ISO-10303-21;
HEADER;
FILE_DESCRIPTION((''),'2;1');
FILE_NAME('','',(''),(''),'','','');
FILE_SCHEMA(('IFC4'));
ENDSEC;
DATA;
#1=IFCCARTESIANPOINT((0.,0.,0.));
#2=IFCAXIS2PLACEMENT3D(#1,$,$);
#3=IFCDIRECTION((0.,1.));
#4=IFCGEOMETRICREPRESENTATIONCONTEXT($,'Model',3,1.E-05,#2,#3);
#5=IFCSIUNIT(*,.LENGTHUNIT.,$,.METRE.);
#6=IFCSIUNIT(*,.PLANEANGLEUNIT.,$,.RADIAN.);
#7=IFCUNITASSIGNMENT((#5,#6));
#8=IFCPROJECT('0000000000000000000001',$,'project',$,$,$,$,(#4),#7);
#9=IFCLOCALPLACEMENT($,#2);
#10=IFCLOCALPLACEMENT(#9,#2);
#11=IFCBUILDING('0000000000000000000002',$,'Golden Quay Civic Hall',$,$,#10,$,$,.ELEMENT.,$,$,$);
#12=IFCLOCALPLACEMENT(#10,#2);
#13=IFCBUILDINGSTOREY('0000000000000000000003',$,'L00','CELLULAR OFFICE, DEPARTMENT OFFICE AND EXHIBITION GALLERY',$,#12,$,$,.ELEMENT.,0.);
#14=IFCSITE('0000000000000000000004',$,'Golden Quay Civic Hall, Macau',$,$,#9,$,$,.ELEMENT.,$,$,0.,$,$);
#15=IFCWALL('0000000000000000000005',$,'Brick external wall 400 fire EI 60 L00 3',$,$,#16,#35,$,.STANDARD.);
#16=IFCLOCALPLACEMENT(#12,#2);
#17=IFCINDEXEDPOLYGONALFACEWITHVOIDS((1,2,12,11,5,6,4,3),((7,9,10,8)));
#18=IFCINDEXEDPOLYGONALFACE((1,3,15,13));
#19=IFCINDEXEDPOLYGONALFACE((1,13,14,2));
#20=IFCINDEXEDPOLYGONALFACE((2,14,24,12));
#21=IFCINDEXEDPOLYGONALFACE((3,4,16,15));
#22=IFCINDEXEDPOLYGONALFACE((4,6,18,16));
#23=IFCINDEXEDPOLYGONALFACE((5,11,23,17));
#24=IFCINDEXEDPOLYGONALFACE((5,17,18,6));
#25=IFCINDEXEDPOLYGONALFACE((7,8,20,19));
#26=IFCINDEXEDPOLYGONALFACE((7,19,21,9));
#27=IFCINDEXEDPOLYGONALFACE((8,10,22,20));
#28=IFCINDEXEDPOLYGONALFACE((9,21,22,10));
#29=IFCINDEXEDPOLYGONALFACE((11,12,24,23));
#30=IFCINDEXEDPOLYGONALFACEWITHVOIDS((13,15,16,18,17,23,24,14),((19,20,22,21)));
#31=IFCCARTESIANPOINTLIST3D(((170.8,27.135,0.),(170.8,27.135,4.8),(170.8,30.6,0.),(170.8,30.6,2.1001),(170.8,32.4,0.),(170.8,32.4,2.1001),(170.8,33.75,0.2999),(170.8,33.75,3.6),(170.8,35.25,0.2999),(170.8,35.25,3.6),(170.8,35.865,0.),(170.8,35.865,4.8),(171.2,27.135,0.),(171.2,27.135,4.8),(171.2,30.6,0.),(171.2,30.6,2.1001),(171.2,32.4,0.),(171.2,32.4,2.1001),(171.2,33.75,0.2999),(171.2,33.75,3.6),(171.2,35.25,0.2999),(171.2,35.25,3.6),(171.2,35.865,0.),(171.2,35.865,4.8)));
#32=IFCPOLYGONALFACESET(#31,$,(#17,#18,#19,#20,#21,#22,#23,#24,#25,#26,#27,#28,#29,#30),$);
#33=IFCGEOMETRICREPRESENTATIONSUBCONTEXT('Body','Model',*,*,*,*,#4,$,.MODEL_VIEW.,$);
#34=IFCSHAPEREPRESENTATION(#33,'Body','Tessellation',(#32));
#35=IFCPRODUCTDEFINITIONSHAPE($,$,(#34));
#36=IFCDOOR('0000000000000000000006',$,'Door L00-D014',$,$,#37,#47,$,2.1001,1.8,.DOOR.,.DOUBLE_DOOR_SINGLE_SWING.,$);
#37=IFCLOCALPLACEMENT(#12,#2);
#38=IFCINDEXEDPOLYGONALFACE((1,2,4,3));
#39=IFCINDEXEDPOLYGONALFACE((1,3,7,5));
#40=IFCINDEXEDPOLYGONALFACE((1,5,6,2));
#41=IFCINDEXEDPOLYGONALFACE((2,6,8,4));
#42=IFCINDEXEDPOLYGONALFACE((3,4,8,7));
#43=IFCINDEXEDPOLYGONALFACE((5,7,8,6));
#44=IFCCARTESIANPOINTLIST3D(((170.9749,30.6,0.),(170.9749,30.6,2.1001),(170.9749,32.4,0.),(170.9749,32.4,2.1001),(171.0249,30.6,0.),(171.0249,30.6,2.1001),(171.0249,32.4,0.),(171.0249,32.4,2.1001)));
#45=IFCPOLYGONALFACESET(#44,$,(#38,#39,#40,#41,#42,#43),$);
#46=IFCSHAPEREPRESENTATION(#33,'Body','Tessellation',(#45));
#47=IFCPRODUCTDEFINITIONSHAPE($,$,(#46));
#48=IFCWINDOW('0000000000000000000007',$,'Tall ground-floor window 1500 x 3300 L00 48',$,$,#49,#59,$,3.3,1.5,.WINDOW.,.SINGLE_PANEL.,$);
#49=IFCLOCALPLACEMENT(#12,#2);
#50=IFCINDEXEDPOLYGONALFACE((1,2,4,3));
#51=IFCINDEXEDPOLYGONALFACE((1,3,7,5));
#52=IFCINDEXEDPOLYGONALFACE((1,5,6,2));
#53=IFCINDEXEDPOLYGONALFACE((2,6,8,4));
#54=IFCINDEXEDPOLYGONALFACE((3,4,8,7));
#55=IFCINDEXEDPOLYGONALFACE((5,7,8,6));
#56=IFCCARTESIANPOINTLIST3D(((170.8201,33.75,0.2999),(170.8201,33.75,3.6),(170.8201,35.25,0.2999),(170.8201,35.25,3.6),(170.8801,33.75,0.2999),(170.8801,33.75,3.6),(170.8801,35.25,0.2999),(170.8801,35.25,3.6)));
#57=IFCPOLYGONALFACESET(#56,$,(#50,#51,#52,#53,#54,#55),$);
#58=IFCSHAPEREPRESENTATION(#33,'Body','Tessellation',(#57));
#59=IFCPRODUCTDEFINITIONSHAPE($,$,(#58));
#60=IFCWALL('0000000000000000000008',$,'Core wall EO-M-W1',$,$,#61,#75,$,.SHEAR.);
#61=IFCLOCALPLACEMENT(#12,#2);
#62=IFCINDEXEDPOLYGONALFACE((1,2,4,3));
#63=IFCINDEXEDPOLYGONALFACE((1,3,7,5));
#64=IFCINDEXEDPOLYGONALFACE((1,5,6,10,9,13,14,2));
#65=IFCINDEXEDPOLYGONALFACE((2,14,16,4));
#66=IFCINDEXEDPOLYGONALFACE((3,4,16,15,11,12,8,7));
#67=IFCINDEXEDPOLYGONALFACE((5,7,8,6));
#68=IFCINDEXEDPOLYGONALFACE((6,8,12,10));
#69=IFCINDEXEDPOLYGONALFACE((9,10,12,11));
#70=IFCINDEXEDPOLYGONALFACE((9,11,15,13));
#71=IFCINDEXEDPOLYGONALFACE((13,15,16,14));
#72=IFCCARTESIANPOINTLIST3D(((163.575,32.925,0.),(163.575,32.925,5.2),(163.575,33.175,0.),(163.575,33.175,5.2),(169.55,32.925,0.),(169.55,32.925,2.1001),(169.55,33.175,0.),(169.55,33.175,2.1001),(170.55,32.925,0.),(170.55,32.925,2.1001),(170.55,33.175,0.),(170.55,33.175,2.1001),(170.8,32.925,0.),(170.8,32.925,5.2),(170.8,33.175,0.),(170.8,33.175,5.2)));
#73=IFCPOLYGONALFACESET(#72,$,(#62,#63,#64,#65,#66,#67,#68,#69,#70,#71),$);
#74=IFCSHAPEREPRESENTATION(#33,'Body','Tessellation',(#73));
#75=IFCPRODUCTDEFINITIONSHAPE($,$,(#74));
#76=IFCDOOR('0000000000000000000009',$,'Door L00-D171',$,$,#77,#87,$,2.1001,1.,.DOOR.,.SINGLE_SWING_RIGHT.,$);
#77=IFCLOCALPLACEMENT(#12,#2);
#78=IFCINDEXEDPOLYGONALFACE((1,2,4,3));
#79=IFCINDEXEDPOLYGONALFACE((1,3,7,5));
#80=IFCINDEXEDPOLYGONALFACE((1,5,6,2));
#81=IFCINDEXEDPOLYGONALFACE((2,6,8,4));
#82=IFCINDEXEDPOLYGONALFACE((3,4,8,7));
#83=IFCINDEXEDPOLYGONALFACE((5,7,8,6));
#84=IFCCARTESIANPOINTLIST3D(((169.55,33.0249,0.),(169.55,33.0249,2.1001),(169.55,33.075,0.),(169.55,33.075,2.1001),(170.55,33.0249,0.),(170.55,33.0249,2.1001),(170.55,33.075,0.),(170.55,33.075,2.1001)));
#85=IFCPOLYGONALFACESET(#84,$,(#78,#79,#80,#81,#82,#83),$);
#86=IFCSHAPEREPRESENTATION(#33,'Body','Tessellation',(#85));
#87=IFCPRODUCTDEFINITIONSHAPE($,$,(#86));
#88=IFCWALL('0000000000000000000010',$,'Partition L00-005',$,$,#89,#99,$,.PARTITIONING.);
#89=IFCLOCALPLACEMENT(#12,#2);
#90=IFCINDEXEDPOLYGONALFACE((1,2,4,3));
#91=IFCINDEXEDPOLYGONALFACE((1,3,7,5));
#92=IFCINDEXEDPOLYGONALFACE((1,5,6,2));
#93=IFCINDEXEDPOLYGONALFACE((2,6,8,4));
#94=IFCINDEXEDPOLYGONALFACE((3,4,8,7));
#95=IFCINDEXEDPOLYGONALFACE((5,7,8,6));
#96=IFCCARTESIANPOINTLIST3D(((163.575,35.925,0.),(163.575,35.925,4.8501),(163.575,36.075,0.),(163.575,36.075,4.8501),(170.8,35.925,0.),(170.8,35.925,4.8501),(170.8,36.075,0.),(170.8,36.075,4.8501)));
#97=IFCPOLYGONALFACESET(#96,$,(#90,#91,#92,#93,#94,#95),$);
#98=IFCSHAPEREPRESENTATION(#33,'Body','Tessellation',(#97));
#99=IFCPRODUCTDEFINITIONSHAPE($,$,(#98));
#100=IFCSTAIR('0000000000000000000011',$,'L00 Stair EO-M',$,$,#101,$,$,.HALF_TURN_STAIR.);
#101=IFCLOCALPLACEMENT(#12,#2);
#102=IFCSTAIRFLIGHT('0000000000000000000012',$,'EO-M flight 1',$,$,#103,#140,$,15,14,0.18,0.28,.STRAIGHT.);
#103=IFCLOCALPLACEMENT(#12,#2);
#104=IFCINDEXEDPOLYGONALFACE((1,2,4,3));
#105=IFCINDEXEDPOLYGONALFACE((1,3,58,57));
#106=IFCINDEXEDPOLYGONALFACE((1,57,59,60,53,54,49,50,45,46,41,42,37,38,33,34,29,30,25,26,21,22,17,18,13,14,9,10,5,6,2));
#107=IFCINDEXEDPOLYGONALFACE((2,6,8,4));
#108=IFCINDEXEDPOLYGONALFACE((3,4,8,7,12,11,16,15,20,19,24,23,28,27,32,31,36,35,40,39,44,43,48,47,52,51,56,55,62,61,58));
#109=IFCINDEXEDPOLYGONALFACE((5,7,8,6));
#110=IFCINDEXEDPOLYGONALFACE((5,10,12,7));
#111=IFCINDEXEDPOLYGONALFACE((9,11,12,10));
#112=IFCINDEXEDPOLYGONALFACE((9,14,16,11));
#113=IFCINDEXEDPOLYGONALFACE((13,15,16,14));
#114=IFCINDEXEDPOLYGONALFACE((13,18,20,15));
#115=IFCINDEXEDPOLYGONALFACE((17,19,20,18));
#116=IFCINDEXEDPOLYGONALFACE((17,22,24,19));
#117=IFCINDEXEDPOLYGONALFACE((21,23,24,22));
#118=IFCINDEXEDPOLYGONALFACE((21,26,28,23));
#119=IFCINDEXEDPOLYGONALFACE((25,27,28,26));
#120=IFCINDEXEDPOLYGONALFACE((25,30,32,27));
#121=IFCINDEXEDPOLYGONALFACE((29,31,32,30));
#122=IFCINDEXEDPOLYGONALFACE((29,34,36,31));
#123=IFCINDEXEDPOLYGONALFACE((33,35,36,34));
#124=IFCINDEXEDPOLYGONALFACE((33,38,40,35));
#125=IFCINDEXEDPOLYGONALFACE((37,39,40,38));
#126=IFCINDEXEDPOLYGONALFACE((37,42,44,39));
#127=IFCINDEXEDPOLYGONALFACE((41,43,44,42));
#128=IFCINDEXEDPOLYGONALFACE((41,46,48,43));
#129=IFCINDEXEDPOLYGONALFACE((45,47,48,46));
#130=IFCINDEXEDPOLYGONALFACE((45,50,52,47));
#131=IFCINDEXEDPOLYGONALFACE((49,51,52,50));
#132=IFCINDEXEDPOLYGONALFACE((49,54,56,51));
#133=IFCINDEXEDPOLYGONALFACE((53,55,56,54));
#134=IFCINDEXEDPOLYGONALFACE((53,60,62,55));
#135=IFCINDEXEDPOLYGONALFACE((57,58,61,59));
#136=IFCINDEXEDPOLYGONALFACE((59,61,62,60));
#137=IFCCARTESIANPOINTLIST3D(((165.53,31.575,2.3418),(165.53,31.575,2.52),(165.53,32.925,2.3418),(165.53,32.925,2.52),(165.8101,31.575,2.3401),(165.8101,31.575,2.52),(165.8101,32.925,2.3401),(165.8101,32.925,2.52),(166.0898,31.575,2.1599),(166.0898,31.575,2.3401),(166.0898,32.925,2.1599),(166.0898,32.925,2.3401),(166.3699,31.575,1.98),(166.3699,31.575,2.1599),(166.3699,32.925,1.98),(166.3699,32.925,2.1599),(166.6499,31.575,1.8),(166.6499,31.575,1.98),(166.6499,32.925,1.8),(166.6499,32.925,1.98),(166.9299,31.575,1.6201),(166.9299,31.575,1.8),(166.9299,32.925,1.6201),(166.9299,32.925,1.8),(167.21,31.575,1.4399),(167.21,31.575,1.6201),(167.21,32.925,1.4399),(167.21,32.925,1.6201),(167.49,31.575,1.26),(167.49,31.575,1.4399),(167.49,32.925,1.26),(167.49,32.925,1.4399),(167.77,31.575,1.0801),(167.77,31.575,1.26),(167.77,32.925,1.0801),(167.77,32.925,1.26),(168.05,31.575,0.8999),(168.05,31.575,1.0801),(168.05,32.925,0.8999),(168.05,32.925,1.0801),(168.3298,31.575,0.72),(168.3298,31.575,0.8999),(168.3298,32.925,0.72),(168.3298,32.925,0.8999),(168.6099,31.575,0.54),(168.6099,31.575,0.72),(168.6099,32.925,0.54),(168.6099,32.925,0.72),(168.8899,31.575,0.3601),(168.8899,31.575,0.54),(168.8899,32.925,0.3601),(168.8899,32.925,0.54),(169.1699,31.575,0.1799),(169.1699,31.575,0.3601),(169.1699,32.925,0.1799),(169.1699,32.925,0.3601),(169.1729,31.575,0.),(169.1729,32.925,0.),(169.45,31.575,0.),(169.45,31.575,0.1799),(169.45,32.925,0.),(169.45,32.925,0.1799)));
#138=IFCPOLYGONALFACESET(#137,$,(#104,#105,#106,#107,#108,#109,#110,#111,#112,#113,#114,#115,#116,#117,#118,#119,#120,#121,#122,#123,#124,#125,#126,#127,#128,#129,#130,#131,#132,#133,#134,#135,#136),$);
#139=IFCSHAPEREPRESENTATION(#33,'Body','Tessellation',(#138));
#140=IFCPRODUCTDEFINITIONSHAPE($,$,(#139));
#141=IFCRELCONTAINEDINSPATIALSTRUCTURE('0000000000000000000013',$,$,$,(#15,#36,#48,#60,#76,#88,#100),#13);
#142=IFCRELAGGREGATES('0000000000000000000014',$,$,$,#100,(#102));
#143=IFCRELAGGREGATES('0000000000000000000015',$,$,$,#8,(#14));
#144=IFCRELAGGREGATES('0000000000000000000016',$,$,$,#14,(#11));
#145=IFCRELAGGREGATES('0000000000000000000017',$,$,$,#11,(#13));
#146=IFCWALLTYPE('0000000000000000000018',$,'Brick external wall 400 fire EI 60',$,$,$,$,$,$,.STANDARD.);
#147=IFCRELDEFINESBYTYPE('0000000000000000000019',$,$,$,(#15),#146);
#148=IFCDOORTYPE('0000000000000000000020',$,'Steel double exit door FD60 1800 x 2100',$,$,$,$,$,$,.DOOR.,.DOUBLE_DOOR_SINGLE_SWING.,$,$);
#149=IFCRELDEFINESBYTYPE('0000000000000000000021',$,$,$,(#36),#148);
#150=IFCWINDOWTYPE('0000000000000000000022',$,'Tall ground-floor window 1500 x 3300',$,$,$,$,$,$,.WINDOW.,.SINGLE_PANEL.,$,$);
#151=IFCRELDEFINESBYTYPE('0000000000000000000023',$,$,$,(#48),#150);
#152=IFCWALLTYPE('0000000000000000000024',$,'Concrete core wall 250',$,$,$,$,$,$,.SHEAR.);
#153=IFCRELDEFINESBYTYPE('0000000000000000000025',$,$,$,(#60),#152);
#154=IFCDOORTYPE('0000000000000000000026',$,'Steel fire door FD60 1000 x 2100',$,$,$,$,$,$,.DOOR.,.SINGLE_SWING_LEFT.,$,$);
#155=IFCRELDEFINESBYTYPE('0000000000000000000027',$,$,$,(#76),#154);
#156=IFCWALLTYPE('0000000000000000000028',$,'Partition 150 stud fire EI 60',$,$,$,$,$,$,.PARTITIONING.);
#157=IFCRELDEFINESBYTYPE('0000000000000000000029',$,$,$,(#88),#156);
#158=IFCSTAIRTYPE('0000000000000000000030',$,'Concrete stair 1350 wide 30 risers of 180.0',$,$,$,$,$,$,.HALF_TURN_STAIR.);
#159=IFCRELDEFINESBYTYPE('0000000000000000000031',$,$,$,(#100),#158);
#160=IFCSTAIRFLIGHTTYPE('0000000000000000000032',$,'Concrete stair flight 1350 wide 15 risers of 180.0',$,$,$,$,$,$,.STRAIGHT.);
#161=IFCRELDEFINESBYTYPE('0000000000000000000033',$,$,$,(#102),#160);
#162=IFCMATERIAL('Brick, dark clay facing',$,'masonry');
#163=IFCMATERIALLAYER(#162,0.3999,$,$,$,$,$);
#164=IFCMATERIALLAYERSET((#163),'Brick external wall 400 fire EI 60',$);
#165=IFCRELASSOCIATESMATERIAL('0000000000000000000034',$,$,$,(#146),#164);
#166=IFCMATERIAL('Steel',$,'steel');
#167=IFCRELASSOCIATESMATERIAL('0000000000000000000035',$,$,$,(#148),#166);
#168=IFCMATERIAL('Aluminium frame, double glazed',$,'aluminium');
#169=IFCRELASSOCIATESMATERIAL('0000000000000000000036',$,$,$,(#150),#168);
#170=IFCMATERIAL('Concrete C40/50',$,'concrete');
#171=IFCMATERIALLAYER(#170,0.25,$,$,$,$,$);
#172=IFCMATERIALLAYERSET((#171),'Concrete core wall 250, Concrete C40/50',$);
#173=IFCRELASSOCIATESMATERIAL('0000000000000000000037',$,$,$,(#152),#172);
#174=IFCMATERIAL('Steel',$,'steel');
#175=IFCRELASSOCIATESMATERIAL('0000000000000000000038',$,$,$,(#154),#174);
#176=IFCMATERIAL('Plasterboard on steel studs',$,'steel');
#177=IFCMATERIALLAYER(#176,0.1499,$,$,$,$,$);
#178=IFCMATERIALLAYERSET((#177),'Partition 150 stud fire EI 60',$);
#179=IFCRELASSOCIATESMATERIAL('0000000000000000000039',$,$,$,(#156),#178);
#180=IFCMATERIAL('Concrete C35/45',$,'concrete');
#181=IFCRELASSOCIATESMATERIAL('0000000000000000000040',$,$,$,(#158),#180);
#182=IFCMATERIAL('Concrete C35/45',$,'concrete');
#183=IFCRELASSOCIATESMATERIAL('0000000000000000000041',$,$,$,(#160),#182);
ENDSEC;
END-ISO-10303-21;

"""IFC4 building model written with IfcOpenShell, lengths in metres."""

from ifc_helpers import new_model, si_unit, direction, frame, frame_2d, origin, place, context, subcontext, project, spatial, polyline, rectangle, outline, extrude, material, layer, layer_set, type_object, element, fill, aggregate, save


model = new_model("IFC4")

# Units and contexts
model_context = context("Model", 3, precision=1e-05, world=origin(), true_north=direction((0.0, 1.0)))
body_context = subcontext(model_context, "Body", "Model", "MODEL_VIEW")
ifc_project = project(units=[si_unit("LENGTHUNIT", "METRE"), si_unit("PLANEANGLEUNIT", "RADIAN")], contexts=[model_context])

# Site, building, storey
site_placement = place(None, origin())
site = spatial("IfcSite", under=ifc_project, at=site_placement, Name="Golden Quay Civic Hall, Macau", CompositionType="ELEMENT", RefElevation=0.0)
building_placement = place(site_placement, origin())
building = spatial("IfcBuilding", under=site, at=building_placement, Name="Golden Quay Civic Hall", CompositionType="ELEMENT")
storey_placement = place(building_placement, origin())
storey = spatial("IfcBuildingStorey", under=building, at=storey_placement, Name="L00", Description="CELLULAR OFFICE, DEPARTMENT OFFICE AND EXHIBITION GALLERY", CompositionType="ELEMENT", Elevation=0.0)

# Wall, openings, door, window
ifc_material_1 = material(Name="Brick, dark clay facing", Category="masonry")
ifc_layer_1 = layer(ifc_material_1, 0.3999)
ifc_layer_set_1 = layer_set([ifc_layer_1], Name="Brick external wall 400 fire EI 60")
wall_type_1 = type_object("IfcWallType", Name="Brick external wall 400 fire EI 60", PredefinedType="STANDARD", material=ifc_layer_set_1)
wall_1_placement = place(storey_placement, frame((171.0, 35.865, 0.0), z_axis=(0.0, 0.0, 1.0), x_axis=(0.0, -1.0, 0.0)))
wall_1 = element("IfcWall", 1, at=wall_1_placement, inside=storey, type_object=wall_type_1, Name="Brick external wall 400 fire EI 60 L00 3", PredefinedType="STANDARD", context=body_context, shape_type="SweptSolid", body=[
    extrude(rectangle(XDim=8.73, YDim=0.3999, at=frame_2d((4.365, 0.0))), origin(), (0.0, 0.0, 1.0), 4.8),
])
opening_1_placement = place(wall_1_placement, frame((3.4651, 0.0, 0.0)))
opening_1 = element("IfcOpeningElement", 2, at=opening_1_placement, cuts=wall_1, PredefinedType="OPENING", context=body_context, shape_type="SweptSolid", body=[
    extrude(rectangle(XDim=1.8, YDim=2.1001, at=frame_2d((0.8999, 1.05))), frame((0.0, 0.21, 0.0), z_axis=(0.0, -1.0, 0.0), x_axis=(1.0, 0.0, 0.0)), (0.0, 0.0, 1.0), 0.4199),
])
opening_2_placement = place(wall_1_placement, frame((0.615, 0.0, 0.3)))
opening_2 = element("IfcOpeningElement", 3, at=opening_2_placement, cuts=wall_1, PredefinedType="OPENING", context=body_context, shape_type="SweptSolid", body=[
    extrude(rectangle(XDim=1.5, YDim=3.3, at=frame_2d((0.75, 1.6499))), frame((0.0, 0.21, 0.0), z_axis=(0.0, -1.0, 0.0), x_axis=(1.0, 0.0, 0.0)), (0.0, 0.0, 1.0), 0.4199),
])
ifc_material_2 = material(Name="Steel", Category="steel")
door_type_1 = type_object("IfcDoorType", Name="Steel double exit door FD60 1800 x 2100", OperationType="DOUBLE_DOOR_SINGLE_SWING", PredefinedType="DOOR", material=ifc_material_2)
door_1_placement = place(opening_1_placement, origin())
door_1 = element("IfcDoor", 4, at=door_1_placement, inside=storey, type_object=door_type_1, Name="Door L00-D014", OperationType="DOUBLE_DOOR_SINGLE_SWING", OverallHeight=2.1001, OverallWidth=1.8, PredefinedType="DOOR", context=body_context, shape_type="SweptSolid", body=[
    extrude(rectangle(XDim=1.8, YDim=2.1001, at=frame_2d((0.8999, 1.05))), frame((0.0, 0.0249, 0.0), z_axis=(0.0, -1.0, 0.0), x_axis=(1.0, 0.0, 0.0)), (0.0, 0.0, 1.0), 0.05),
])
fill(opening_1, door_1)
ifc_material_3 = material(Name="Aluminium frame, double glazed", Category="aluminium")
window_type = type_object("IfcWindowType", Name="Tall ground-floor window 1500 x 3300", PartitioningType="SINGLE_PANEL", PredefinedType="WINDOW", material=ifc_material_3)
window_placement = place(opening_2_placement, origin())
window = element("IfcWindow", 5, at=window_placement, inside=storey, type_object=window_type, Name="Tall ground-floor window 1500 x 3300 L00 48", OverallHeight=3.3, OverallWidth=1.5, PartitioningType="SINGLE_PANEL", PredefinedType="WINDOW", context=body_context, shape_type="SweptSolid", body=[
    extrude(rectangle(XDim=1.5, YDim=3.3, at=frame_2d((0.75, 1.6499))), frame((0.0, -0.1199, 0.0), z_axis=(0.0, -1.0, 0.0), x_axis=(1.0, 0.0, 0.0)), (0.0, 0.0, 1.0), 0.0601),
])
fill(opening_2, window)

# Wall, opening, door
ifc_material_4 = material(Name="Concrete C40/50", Category="concrete")
ifc_layer_2 = layer(ifc_material_4, 0.25)
ifc_layer_set_2 = layer_set([ifc_layer_2], Name="Concrete core wall 250, Concrete C40/50")
wall_type_2 = type_object("IfcWallType", Name="Concrete core wall 250", PredefinedType="SHEAR", material=ifc_layer_set_2)
wall_2_placement = place(storey_placement, frame((163.575, 33.05, 0.0), z_axis=(0.0, 0.0, 1.0), x_axis=(1.0, 0.0, 0.0)))
wall_2 = element("IfcWall", 6, at=wall_2_placement, inside=storey, type_object=wall_type_2, Name="Core wall EO-M-W1", PredefinedType="SHEAR", context=body_context, shape_type="SweptSolid", body=[
    extrude(rectangle(XDim=7.2251, YDim=0.25, at=frame_2d((3.6125, 0.0))), origin(), (0.0, 0.0, 1.0), 5.2),
])
opening_3_placement = place(wall_2_placement, frame((5.9751, 0.0, 0.0)))
opening_3 = element("IfcOpeningElement", 7, at=opening_3_placement, cuts=wall_2, PredefinedType="OPENING", context=body_context, shape_type="SweptSolid", body=[
    extrude(rectangle(XDim=1.0, YDim=2.1001, at=frame_2d((0.5, 1.05))), frame((0.0, 0.135, 0.0), z_axis=(0.0, -1.0, 0.0), x_axis=(1.0, 0.0, 0.0)), (0.0, 0.0, 1.0), 0.27),
])
ifc_material_5 = material(Name="Steel", Category="steel")
door_type_2 = type_object("IfcDoorType", Name="Steel fire door FD60 1000 x 2100", OperationType="SINGLE_SWING_LEFT", PredefinedType="DOOR", material=ifc_material_5)
door_2_placement = place(opening_3_placement, frame((1.0, 0.0, 0.0), z_axis=(0.0, 0.0, 1.0), x_axis=(-1.0, 0.0, 0.0)))
door_2 = element("IfcDoor", 8, at=door_2_placement, inside=storey, type_object=door_type_2, Name="Door L00-D171", OperationType="SINGLE_SWING_RIGHT", OverallHeight=2.1001, OverallWidth=1.0, PredefinedType="DOOR", context=body_context, shape_type="SweptSolid", body=[
    extrude(rectangle(XDim=1.0, YDim=2.1001, at=frame_2d((0.5, 1.05))), frame((0.0, 0.0251, 0.0), z_axis=(0.0, -1.0, 0.0), x_axis=(1.0, 0.0, 0.0)), (0.0, 0.0, 1.0), 0.05),
])
fill(opening_3, door_2)

# Wall
ifc_material_6 = material(Name="Plasterboard on steel studs", Category="steel")
ifc_layer_3 = layer(ifc_material_6, 0.1499)
ifc_layer_set_3 = layer_set([ifc_layer_3], Name="Partition 150 stud fire EI 60")
wall_type_3 = type_object("IfcWallType", Name="Partition 150 stud fire EI 60", PredefinedType="PARTITIONING", material=ifc_layer_set_3)
wall_3_placement = place(storey_placement, frame((163.575, 36.0, 0.0), z_axis=(0.0, 0.0, 1.0), x_axis=(1.0, 0.0, 0.0)))
element("IfcWall", 9, at=wall_3_placement, inside=storey, type_object=wall_type_3, Name="Partition L00-005", PredefinedType="PARTITIONING", context=body_context, shape_type="SweptSolid", body=[
    extrude(rectangle(XDim=7.2251, YDim=0.1499, at=frame_2d((3.6125, 0.0))), origin(), (0.0, 0.0, 1.0), 4.8501),
])

# Stair, stair flight
ifc_material_7 = material(Name="Concrete C35/45", Category="concrete")
stair_type = type_object("IfcStairType", Name="Concrete stair 1350 wide 30 risers of 180.0", PredefinedType="HALF_TURN_STAIR", material=ifc_material_7)
stair_placement = place(storey_placement, origin())
stair = element("IfcStair", 10, at=stair_placement, inside=storey, type_object=stair_type, Name="L00 Stair EO-M", PredefinedType="HALF_TURN_STAIR")
ifc_material_8 = material(Name="Concrete C35/45", Category="concrete")
stair_flight_type = type_object("IfcStairFlightType", Name="Concrete stair flight 1350 wide 15 risers of 180.0", PredefinedType="STRAIGHT", material=ifc_material_8)
stair_flight_placement = place(storey_placement, frame((169.45, 32.25, 0.0), z_axis=(0.0, 0.0, 1.0), x_axis=(-1.0, 0.0, 0.0)))
stair_flight = element("IfcStairFlight", 11, at=stair_flight_placement, type_object=stair_flight_type, Name="EO-M flight 1", NumberOfRisers=15, NumberOfTreads=14, PredefinedType="STRAIGHT", RiserHeight=0.18, TreadLength=0.28, context=body_context, shape_type="SweptSolid", body=[
    extrude(outline(polyline([(0.0, 0.0), (0.0, 0.1799), (0.28, 0.1799), (0.28, 0.3601), (0.5601, 0.3601), (0.5601, 0.54), (0.8401, 0.54), (0.8401, 0.72), (1.1201, 0.72), (1.1201, 0.8999), (1.3999, 0.8999), (1.3999, 1.0801), (1.6799, 1.0801), (1.6799, 1.26), (1.96, 1.26), (1.96, 1.4399), (2.24, 1.4399), (2.24, 1.6201), (2.52, 1.6201), (2.52, 1.8), (2.8, 1.8), (2.8, 1.98), (3.0801, 1.98), (3.0801, 2.1599), (3.3601, 2.1599), (3.3601, 2.3401), (3.6399, 2.3401), (3.6399, 2.52), (3.9199, 2.52), (3.9199, 2.7), (3.9199, 2.3418), (0.2771, 0.0), (0.0, 0.0)])), frame((0.0, 0.675, 0.0), z_axis=(0.0, -1.0, 0.0), x_axis=(1.0, 0.0, 0.0)), (0.0, 0.0, 1.0), 1.35),
])
aggregate(stair, [stair_flight])

save(model, "model.ifc")
